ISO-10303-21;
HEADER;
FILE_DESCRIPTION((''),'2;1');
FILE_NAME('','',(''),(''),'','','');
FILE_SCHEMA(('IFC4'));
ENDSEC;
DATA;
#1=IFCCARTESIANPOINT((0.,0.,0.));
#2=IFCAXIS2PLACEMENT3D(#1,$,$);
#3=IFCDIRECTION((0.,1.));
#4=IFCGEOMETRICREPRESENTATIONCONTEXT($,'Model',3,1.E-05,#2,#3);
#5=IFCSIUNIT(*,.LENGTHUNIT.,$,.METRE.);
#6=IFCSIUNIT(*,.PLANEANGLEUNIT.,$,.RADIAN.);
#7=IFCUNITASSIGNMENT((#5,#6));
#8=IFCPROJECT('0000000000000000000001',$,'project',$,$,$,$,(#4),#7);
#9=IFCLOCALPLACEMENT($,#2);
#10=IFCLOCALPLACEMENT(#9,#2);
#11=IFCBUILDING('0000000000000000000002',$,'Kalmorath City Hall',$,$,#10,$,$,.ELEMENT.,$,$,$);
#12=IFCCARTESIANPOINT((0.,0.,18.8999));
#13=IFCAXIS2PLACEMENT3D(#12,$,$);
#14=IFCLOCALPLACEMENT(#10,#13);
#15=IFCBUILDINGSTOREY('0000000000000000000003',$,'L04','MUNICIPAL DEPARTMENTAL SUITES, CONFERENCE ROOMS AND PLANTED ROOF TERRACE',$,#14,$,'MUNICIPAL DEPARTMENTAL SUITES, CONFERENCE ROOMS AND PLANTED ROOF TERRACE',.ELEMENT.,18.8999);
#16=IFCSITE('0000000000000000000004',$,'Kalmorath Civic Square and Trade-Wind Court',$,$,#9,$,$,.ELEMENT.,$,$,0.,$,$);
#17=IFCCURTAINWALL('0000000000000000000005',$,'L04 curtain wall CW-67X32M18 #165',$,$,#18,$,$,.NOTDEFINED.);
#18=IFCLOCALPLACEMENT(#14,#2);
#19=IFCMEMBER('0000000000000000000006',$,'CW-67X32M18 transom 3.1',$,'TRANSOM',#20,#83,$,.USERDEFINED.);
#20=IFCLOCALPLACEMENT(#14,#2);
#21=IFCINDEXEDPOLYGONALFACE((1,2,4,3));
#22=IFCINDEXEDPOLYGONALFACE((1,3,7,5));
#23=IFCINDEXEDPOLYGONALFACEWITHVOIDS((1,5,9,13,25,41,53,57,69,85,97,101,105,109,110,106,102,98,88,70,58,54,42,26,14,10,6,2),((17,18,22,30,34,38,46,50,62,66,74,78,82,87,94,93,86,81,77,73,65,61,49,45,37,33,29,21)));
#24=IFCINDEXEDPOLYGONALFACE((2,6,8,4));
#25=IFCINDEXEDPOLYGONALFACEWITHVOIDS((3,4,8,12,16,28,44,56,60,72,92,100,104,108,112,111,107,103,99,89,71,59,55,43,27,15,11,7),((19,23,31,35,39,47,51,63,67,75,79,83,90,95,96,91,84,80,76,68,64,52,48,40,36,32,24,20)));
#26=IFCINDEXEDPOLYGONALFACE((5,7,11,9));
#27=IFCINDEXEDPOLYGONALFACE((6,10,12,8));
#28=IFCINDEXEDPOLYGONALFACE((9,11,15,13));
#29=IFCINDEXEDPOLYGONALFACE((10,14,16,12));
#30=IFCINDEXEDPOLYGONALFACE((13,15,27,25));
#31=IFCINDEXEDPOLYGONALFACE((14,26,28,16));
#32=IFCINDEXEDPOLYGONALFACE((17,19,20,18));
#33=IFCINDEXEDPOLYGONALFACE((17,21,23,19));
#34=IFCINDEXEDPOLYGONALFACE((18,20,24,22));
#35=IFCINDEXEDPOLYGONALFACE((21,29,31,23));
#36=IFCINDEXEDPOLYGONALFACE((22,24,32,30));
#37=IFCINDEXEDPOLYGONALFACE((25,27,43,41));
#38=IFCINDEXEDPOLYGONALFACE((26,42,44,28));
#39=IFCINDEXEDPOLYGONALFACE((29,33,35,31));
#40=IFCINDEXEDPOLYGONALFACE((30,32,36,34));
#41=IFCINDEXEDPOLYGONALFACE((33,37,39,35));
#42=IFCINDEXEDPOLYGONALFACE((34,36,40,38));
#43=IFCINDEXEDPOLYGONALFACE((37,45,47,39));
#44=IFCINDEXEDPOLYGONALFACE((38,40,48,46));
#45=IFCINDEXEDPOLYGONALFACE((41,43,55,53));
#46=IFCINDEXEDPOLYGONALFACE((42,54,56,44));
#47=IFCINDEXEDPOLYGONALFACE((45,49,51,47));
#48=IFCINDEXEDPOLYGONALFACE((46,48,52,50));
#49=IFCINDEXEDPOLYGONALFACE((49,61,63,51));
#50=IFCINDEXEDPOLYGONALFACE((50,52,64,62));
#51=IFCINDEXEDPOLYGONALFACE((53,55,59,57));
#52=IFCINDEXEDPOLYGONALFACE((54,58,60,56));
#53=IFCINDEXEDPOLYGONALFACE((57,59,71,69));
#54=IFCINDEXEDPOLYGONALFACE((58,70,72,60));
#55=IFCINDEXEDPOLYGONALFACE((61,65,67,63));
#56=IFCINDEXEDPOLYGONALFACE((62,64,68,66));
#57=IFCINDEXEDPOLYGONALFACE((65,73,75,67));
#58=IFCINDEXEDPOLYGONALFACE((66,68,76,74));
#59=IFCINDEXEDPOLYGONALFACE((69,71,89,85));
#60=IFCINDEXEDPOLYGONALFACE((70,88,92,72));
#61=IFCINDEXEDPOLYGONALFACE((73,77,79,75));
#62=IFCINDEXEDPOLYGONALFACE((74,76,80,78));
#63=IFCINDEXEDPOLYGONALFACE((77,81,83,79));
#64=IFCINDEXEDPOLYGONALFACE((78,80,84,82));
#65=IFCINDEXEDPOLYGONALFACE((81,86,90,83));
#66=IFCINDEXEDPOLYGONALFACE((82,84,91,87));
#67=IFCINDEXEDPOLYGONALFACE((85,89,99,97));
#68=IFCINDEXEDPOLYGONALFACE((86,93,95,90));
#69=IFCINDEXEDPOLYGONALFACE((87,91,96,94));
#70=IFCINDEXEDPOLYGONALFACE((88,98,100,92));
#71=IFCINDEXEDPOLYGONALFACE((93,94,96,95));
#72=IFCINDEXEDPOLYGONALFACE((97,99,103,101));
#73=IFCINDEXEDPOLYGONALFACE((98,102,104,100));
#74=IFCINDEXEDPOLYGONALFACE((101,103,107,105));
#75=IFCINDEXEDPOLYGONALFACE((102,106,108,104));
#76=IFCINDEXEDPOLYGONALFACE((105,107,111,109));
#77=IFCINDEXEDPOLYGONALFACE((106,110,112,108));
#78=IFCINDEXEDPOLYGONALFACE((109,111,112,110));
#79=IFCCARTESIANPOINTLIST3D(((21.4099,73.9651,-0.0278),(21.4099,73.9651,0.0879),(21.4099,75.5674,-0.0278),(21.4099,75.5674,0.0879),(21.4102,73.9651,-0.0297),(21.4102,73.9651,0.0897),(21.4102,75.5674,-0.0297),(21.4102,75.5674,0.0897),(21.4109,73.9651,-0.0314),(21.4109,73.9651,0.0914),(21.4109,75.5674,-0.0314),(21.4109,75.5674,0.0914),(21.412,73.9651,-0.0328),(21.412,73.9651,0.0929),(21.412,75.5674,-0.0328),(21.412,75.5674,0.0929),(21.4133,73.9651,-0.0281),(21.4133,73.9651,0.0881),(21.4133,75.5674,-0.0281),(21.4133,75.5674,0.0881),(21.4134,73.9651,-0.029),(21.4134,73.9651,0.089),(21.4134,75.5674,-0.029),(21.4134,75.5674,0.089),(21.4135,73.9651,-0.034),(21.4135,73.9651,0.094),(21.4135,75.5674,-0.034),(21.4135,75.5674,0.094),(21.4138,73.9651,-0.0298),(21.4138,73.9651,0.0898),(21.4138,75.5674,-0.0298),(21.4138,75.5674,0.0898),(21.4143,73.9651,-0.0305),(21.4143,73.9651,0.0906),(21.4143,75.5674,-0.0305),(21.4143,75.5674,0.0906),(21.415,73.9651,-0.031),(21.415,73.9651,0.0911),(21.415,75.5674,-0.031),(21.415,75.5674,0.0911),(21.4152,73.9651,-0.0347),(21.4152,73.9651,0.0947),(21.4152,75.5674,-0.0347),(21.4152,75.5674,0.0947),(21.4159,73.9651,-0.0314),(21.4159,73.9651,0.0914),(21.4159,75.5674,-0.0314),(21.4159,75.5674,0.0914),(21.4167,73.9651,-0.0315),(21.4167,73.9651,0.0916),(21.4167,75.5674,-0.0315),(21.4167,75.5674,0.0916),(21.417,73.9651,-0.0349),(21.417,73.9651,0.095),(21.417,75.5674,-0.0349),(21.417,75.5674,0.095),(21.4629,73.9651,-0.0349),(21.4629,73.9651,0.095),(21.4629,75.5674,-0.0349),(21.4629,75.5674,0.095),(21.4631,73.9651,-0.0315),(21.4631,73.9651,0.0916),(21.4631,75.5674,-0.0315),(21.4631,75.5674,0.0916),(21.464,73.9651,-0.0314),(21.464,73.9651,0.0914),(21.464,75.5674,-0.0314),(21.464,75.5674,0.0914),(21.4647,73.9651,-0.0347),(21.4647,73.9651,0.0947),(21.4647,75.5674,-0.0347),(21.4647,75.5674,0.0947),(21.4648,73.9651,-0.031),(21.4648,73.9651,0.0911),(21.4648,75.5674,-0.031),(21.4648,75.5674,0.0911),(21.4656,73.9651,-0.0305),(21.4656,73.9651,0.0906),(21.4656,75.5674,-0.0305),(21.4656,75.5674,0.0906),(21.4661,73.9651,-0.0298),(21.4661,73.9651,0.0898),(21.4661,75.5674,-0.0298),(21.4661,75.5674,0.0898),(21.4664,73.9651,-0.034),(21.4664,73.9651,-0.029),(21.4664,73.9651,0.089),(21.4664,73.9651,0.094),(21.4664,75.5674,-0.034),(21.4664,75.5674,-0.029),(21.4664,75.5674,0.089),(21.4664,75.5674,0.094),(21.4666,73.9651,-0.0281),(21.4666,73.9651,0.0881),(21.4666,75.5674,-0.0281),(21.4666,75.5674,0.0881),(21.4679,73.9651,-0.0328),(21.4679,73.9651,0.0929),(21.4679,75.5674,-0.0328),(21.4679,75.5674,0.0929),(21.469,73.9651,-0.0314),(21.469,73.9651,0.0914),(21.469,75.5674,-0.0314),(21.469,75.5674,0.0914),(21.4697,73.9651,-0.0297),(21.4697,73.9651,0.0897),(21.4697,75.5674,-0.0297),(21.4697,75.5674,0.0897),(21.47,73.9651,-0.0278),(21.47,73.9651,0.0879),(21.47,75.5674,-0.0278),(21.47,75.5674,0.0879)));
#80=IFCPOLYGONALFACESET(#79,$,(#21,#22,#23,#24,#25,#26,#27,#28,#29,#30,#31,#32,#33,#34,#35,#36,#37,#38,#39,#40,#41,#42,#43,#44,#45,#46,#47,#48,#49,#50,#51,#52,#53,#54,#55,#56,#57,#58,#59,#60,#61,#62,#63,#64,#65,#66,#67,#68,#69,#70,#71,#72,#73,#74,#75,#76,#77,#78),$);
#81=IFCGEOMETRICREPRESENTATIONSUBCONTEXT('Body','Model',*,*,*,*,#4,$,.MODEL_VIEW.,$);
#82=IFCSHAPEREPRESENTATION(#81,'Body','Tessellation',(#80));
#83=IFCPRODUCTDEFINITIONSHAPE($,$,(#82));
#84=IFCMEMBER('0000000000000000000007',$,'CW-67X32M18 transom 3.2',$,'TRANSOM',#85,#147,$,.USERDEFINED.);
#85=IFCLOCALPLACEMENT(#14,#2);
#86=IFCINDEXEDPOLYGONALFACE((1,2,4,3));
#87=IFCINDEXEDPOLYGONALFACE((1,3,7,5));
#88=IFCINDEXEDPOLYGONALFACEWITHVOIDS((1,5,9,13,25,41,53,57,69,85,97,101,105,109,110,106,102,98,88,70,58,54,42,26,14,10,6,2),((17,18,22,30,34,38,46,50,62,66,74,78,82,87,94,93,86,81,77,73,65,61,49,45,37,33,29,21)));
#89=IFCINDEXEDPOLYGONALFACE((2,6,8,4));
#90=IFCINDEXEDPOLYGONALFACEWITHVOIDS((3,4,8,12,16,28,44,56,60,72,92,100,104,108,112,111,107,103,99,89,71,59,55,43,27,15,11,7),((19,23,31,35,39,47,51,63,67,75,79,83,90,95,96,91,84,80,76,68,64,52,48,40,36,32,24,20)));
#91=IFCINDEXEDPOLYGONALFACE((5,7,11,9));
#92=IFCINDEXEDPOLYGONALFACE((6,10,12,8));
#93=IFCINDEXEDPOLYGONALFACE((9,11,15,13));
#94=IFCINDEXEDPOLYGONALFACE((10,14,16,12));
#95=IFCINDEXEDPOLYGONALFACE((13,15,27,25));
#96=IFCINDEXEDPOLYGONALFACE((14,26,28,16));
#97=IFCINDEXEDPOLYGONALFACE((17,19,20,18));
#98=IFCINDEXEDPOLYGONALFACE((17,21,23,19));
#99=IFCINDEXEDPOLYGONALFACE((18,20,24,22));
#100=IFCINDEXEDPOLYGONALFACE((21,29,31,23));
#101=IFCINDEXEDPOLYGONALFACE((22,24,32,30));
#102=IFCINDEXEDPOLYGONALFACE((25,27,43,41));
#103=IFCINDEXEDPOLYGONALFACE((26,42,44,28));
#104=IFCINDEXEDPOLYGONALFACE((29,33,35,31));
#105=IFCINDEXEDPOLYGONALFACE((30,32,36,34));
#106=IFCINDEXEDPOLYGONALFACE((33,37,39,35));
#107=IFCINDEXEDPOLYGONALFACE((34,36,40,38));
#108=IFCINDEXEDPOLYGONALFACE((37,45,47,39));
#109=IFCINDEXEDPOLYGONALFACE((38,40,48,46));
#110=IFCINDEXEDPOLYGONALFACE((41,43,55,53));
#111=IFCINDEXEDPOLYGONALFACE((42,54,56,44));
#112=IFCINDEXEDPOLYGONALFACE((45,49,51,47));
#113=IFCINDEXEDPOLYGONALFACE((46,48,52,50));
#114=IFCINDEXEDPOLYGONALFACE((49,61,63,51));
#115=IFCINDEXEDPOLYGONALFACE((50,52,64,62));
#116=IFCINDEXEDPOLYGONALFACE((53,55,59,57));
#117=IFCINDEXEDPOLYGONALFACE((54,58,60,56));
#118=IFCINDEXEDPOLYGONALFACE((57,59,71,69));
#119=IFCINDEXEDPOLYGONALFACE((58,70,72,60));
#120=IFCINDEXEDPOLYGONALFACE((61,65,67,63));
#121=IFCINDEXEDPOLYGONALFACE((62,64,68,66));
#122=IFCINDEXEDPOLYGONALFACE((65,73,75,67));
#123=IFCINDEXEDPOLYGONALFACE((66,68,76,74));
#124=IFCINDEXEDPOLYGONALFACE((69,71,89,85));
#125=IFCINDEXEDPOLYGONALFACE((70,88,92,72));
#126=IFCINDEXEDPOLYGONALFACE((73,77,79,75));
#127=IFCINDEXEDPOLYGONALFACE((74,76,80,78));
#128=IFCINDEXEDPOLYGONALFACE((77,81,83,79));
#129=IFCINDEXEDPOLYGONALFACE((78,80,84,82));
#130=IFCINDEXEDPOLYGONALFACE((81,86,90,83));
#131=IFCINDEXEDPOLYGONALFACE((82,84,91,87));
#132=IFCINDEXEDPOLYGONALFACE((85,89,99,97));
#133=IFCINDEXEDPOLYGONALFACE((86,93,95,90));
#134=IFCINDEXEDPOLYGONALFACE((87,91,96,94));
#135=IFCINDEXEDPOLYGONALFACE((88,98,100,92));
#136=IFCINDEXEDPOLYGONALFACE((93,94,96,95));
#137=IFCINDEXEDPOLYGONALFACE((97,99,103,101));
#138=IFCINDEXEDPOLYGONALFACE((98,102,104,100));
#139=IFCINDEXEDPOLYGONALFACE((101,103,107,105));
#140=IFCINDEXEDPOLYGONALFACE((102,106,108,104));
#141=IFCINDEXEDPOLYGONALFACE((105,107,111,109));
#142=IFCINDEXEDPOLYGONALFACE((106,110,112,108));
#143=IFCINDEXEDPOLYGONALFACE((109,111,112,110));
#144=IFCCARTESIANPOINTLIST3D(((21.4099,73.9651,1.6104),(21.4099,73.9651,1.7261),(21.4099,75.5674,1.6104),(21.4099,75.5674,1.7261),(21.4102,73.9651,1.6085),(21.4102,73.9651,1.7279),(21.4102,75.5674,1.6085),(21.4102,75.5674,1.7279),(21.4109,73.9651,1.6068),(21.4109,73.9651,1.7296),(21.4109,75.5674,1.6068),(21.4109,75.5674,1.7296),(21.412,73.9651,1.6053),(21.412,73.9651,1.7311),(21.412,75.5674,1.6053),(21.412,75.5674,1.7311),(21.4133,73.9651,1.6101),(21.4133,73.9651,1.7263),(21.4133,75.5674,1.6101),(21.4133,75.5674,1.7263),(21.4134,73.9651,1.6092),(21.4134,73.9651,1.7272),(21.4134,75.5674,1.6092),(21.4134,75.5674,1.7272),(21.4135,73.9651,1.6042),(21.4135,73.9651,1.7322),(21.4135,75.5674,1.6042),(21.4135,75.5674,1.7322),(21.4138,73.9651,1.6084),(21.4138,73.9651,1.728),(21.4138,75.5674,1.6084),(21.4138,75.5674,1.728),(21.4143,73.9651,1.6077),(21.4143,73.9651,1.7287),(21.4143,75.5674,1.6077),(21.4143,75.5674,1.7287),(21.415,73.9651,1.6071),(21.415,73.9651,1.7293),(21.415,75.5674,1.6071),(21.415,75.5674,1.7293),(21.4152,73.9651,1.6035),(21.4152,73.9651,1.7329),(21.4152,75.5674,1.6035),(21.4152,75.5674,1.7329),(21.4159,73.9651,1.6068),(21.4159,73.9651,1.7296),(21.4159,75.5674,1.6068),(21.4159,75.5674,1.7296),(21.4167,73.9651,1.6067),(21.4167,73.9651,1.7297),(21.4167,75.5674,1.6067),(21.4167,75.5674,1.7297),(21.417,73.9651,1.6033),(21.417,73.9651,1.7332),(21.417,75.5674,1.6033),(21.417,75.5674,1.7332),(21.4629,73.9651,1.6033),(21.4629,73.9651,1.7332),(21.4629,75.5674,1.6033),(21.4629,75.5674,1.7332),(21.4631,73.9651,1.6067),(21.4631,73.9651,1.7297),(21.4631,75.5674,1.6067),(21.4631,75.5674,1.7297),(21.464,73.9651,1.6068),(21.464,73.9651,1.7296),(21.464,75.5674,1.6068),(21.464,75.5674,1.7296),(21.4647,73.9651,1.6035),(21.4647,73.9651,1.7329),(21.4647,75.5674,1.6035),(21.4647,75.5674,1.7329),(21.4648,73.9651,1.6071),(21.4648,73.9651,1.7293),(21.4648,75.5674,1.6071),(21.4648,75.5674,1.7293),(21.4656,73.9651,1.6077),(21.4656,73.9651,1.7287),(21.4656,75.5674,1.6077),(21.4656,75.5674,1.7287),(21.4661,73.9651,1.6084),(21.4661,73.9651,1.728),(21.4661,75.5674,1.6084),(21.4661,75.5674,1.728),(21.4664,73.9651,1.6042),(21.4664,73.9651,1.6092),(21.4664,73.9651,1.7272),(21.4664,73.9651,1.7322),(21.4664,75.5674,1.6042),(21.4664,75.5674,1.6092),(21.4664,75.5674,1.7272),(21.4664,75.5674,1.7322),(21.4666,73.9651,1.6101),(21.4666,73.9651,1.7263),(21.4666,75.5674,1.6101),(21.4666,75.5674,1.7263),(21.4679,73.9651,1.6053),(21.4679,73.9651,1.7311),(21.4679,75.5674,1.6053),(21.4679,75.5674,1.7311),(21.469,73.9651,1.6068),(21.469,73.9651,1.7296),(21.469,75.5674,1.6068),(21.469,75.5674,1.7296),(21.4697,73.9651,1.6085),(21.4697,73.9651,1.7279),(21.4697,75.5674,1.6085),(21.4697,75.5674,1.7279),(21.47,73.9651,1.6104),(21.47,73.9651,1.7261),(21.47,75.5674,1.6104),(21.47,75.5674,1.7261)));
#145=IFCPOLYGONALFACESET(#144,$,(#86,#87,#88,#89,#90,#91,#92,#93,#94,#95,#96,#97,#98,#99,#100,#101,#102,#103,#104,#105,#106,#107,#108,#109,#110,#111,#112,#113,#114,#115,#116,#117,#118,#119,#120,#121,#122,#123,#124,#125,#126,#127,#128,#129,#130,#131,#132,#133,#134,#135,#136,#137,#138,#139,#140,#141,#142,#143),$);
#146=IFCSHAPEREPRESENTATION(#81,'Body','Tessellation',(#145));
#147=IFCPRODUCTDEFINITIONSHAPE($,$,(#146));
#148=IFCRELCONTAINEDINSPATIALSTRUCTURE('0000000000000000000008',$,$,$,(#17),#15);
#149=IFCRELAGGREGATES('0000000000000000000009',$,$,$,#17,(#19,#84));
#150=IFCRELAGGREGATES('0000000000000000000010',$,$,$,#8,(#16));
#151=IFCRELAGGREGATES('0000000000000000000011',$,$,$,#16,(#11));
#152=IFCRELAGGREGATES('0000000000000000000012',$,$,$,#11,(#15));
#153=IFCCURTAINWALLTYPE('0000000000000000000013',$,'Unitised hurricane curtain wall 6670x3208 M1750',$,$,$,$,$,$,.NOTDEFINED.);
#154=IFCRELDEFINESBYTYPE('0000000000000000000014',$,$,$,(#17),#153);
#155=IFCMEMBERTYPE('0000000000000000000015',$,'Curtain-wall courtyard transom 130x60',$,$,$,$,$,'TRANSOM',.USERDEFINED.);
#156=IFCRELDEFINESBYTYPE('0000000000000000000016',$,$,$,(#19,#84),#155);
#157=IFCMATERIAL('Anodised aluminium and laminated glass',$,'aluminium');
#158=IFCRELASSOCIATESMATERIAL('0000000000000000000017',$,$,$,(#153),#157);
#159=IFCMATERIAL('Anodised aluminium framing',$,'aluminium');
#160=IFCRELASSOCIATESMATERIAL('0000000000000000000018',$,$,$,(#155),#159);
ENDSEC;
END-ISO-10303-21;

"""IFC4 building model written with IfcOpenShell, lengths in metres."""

from ifc_helpers import new_model, si_unit, direction, frame, origin, origin_2d, place, context, subcontext, project, spatial, hollow_rectangle, extrude, material, material_profile, profile_set, type_object, element, aggregate, save


model = new_model("IFC4")

# Units and contexts
model_context = context("Model", 3, precision=1e-05, world=origin(), true_north=direction((0.0, 1.0)))
body_context = subcontext(model_context, "Body", "Model", "MODEL_VIEW")
ifc_project = project(units=[si_unit("LENGTHUNIT", "METRE"), si_unit("PLANEANGLEUNIT", "RADIAN")], contexts=[model_context])

# Site, building, storey
site_placement = place(None, origin())
site = spatial("IfcSite", under=ifc_project, at=site_placement, Name="Kalmorath Civic Square and Trade-Wind Court", CompositionType="ELEMENT", RefElevation=0.0)
building_placement = place(site_placement, origin())
building = spatial("IfcBuilding", under=site, at=building_placement, Name="Kalmorath City Hall", CompositionType="ELEMENT")
storey_placement = place(building_placement, frame((0.0, 0.0, 18.8999)))
storey = spatial("IfcBuildingStorey", under=building, at=storey_placement, Name="L04", Description="MUNICIPAL DEPARTMENTAL SUITES, CONFERENCE ROOMS AND PLANTED ROOF TERRACE", LongName="MUNICIPAL DEPARTMENTAL SUITES, CONFERENCE ROOMS AND PLANTED ROOF TERRACE", CompositionType="ELEMENT", Elevation=18.8999)

# Curtain wall
ifc_material_1 = material(Name="Anodised aluminium and laminated glass", Category="aluminium")
curtain_wall_type_1 = type_object("IfcCurtainWallType", Name="Unitised hurricane curtain wall 6670x3208 M1750", PredefinedType="NOTDEFINED", material=ifc_material_1)
curtain_wall_1_placement = place(storey_placement, origin())
curtain_wall_1 = element("IfcCurtainWall", 1, at=curtain_wall_1_placement, inside=storey, type_object=curtain_wall_type_1, Name="L04 curtain wall CW-67X32M18 #165", PredefinedType="NOTDEFINED")

# Members
ifc_material_2 = material(Name="Anodised aluminium framing", Category="aluminium")
ifc_material_profile_1 = material_profile(ifc_material_2, hollow_rectangle(XDim=0.0601, YDim=0.1299, WallThickness=0.0034, InnerFilletRadius=0.0034, OuterFilletRadius=0.0071, at=origin_2d()), Name="ALU-TRN-130X60X3.5")
ifc_profile_set_1 = profile_set([ifc_material_profile_1], Name="Anodised aluminium framing")
member_type_1 = type_object("IfcMemberType", Name="Curtain-wall courtyard transom 130x60", ElementType="TRANSOM", PredefinedType="USERDEFINED", material=ifc_profile_set_1)
member_1_placement = place(storey_placement, frame((21.4399, 75.5674, 0.03), z_axis=(0.0, -1.0, 0.0), x_axis=(1.0, 0.0, 0.0)))
member_1 = element("IfcMember", 2, at=member_1_placement, type_object=member_type_1, Name="CW-67X32M18 transom 3.1", ObjectType="TRANSOM", PredefinedType="USERDEFINED", context=body_context, shape_type="SweptSolid", body=[
    extrude(hollow_rectangle(XDim=0.0601, YDim=0.1299, WallThickness=0.0034, InnerFilletRadius=0.0034, OuterFilletRadius=0.0071, at=origin_2d()), origin(), (0.0, 0.0, 1.0), 1.6023),
])
member_2_placement = place(storey_placement, frame((21.4399, 75.5674, 1.6682), z_axis=(0.0, -1.0, 0.0), x_axis=(1.0, 0.0, 0.0)))
member_2 = element("IfcMember", 3, at=member_2_placement, type_object=member_type_1, Name="CW-67X32M18 transom 3.2", ObjectType="TRANSOM", PredefinedType="USERDEFINED", context=body_context, shape_type="SweptSolid", body=[
    extrude(hollow_rectangle(XDim=0.0601, YDim=0.1299, WallThickness=0.0034, InnerFilletRadius=0.0034, OuterFilletRadius=0.0071, at=origin_2d()), origin(), (0.0, 0.0, 1.0), 1.6023),
])

aggregate(curtain_wall_1, [member_1, member_2])

save(model, "model.ifc")
